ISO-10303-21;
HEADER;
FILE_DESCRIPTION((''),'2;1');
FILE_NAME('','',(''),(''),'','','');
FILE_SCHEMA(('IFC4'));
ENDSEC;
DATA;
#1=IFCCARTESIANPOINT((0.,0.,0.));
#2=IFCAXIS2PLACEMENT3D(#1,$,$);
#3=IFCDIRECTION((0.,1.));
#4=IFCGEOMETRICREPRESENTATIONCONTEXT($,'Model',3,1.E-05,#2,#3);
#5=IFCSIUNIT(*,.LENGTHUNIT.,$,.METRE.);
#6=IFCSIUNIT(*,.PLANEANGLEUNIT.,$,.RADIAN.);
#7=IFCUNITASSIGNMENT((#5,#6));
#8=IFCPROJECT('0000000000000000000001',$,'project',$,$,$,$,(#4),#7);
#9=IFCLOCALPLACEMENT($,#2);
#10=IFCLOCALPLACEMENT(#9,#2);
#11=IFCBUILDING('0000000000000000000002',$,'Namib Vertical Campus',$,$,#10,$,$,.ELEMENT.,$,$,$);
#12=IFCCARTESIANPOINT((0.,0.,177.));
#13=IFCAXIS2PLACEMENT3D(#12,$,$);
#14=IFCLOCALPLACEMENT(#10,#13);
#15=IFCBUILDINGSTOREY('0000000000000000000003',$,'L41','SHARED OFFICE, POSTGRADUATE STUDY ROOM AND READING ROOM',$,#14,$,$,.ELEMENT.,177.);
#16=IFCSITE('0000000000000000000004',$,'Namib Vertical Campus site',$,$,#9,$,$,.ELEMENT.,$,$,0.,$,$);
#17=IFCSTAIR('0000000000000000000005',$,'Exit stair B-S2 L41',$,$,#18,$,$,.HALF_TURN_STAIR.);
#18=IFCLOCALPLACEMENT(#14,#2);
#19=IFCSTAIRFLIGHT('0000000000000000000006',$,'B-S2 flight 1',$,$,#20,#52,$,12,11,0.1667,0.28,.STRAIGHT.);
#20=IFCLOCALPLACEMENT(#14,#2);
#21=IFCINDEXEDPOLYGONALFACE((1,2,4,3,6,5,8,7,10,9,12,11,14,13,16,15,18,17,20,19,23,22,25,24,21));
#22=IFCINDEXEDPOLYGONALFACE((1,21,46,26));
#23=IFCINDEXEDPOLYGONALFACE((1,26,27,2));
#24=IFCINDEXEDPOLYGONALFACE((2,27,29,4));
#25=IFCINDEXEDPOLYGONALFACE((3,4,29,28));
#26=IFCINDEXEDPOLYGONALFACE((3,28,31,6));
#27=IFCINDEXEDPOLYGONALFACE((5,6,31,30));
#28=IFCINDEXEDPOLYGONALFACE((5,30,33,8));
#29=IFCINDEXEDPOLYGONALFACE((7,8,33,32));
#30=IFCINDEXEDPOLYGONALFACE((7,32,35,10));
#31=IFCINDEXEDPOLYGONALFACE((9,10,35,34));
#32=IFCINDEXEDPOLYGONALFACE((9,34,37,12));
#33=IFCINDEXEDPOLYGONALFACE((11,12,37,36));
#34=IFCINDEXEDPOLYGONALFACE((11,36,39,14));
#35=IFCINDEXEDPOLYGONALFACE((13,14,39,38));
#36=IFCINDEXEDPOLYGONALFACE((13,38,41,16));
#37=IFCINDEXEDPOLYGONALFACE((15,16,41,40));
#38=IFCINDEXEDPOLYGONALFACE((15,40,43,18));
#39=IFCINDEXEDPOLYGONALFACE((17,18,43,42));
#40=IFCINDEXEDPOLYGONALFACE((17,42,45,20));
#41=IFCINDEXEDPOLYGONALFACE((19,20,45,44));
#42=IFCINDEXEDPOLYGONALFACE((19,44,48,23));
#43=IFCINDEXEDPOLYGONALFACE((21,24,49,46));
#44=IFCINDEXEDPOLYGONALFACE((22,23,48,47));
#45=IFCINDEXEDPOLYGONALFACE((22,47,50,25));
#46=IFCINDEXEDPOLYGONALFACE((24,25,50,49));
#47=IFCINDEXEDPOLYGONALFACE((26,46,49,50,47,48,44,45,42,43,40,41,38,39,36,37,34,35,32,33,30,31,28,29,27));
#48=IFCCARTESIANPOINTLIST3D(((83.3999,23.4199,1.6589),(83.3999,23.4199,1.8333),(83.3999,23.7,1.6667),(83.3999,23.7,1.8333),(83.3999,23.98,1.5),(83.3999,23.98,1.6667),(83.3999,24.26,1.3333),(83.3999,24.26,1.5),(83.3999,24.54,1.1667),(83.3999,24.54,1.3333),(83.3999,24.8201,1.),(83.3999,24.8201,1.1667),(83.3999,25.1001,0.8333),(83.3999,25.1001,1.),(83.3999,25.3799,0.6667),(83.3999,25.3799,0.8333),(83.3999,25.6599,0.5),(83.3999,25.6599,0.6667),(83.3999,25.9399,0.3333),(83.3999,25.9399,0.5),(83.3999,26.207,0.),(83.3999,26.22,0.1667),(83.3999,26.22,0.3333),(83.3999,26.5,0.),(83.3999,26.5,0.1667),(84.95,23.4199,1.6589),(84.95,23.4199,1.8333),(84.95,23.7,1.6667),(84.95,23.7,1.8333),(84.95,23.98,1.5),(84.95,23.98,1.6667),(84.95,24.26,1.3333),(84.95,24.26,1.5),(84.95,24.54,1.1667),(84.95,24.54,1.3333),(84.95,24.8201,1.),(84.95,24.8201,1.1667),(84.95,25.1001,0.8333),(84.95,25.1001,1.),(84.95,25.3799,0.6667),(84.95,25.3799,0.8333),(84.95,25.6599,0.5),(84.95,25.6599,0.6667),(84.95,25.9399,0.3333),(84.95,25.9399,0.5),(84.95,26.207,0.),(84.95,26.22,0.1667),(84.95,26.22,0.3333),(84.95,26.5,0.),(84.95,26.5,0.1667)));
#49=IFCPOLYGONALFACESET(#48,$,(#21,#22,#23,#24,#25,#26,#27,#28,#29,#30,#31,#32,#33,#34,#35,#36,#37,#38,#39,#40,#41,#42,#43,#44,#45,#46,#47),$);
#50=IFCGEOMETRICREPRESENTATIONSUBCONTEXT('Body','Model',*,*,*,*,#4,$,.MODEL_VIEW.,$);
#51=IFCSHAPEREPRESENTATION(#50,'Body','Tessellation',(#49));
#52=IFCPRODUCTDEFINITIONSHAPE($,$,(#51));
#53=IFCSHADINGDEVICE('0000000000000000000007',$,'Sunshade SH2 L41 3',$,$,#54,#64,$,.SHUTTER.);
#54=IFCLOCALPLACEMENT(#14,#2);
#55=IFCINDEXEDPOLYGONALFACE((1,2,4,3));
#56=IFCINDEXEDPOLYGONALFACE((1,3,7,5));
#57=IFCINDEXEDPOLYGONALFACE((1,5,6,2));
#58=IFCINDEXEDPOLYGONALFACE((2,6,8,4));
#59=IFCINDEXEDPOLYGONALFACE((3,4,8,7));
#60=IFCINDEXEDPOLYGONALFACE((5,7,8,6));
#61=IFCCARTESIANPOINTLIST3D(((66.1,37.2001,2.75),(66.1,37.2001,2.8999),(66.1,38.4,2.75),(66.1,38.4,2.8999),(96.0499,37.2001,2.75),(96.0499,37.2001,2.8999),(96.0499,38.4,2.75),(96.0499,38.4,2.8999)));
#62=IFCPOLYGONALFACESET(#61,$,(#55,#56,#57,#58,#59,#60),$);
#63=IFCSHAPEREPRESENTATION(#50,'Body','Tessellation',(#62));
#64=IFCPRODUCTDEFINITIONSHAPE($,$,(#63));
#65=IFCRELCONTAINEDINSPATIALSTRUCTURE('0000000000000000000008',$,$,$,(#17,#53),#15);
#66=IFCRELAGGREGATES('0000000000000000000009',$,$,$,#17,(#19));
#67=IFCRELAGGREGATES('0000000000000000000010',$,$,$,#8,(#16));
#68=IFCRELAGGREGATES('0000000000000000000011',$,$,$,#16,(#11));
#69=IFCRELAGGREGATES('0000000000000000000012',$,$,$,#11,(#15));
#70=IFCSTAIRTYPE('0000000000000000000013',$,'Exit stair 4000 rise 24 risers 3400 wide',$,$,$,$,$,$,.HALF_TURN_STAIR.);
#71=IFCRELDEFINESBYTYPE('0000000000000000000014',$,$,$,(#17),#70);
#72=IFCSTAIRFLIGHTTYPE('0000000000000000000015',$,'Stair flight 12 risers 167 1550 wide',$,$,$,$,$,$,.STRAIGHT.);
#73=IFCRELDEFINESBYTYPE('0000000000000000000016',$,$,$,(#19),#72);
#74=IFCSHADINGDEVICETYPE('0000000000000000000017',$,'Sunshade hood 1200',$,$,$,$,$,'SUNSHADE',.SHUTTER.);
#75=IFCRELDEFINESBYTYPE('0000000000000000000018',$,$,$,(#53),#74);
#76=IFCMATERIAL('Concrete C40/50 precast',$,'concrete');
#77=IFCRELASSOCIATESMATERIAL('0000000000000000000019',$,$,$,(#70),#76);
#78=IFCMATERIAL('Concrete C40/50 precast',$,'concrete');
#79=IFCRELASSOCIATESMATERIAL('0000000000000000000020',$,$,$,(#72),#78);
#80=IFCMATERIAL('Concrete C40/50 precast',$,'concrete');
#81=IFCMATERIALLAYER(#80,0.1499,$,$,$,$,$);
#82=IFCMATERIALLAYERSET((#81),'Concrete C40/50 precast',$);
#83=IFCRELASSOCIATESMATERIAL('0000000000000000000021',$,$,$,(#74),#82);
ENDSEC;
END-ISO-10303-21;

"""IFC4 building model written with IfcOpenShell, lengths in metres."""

from ifc_helpers import new_model, si_unit, direction, frame, origin, origin_2d, place, context, subcontext, project, spatial, polyline, rectangle, outline, extrude, material, layer, layer_set, type_object, element, aggregate, save


model = new_model("IFC4")

# Units and contexts
model_context = context("Model", 3, precision=1e-05, world=origin(), true_north=direction((0.0, 1.0)))
body_context = subcontext(model_context, "Body", "Model", "MODEL_VIEW")
ifc_project = project(units=[si_unit("LENGTHUNIT", "METRE"), si_unit("PLANEANGLEUNIT", "RADIAN")], contexts=[model_context])

# Site, building, storey
site_placement = place(None, origin())
site = spatial("IfcSite", under=ifc_project, at=site_placement, Name="Namib Vertical Campus site", CompositionType="ELEMENT", RefElevation=0.0)
building_placement = place(site_placement, origin())
building = spatial("IfcBuilding", under=site, at=building_placement, Name="Namib Vertical Campus", CompositionType="ELEMENT")
storey_placement = place(building_placement, frame((0.0, 0.0, 177.0)))
storey = spatial("IfcBuildingStorey", under=building, at=storey_placement, Name="L41", Description="SHARED OFFICE, POSTGRADUATE STUDY ROOM AND READING ROOM", CompositionType="ELEMENT", Elevation=177.0)

# Stair, stair flight
ifc_material_1 = material(Name="Concrete C40/50 precast", Category="concrete")
stair_type = type_object("IfcStairType", Name="Exit stair 4000 rise 24 risers 3400 wide", PredefinedType="HALF_TURN_STAIR", material=ifc_material_1)
stair_placement = place(storey_placement, origin())
stair = element("IfcStair", 1, at=stair_placement, inside=storey, type_object=stair_type, Name="Exit stair B-S2 L41", PredefinedType="HALF_TURN_STAIR")
ifc_material_2 = material(Name="Concrete C40/50 precast", Category="concrete")
stair_flight_type = type_object("IfcStairFlightType", Name="Stair flight 12 risers 167 1550 wide", PredefinedType="STRAIGHT", material=ifc_material_2)
stair_flight_placement = place(storey_placement, frame((84.175, 26.5, 0.0), z_axis=(0.0, 0.0, 1.0), x_axis=(0.0, -1.0, 0.0)))
stair_flight = element("IfcStairFlight", 2, at=stair_flight_placement, type_object=stair_flight_type, Name="B-S2 flight 1", NumberOfRisers=12, NumberOfTreads=11, PredefinedType="STRAIGHT", RiserHeight=0.1667, TreadLength=0.28, context=body_context, shape_type="SweptSolid", body=[
    extrude(outline(polyline([(0.0, 0.0), (0.0, 0.1667), (0.28, 0.1667), (0.28, 0.3333), (0.5601, 0.3333), (0.5601, 0.5), (0.8401, 0.5), (0.8401, 0.6667), (1.1201, 0.6667), (1.1201, 0.8333), (1.3999, 0.8333), (1.3999, 1.0), (1.6799, 1.0), (1.6799, 1.1667), (1.96, 1.1667), (1.96, 1.3333), (2.24, 1.3333), (2.24, 1.5), (2.52, 1.5), (2.52, 1.6667), (2.8, 1.6667), (2.8, 1.8333), (3.0801, 1.8333), (3.0801, 2.0), (3.0801, 1.6589), (0.293, 0.0), (0.0, 0.0)])), frame((0.0, 0.7749, 0.0), z_axis=(0.0, -1.0, 0.0), x_axis=(1.0, 0.0, 0.0)), (0.0, 0.0, 1.0), 1.55),
])
aggregate(stair, [stair_flight])

# Shading device
ifc_material_3 = material(Name="Concrete C40/50 precast", Category="concrete")
ifc_layer_1 = layer(ifc_material_3, 0.1499)
ifc_layer_set_1 = layer_set([ifc_layer_1], Name="Concrete C40/50 precast")
shading_device_type = type_object("IfcShadingDeviceType", Name="Sunshade hood 1200", ElementType="SUNSHADE", PredefinedType="SHUTTER", material=ifc_layer_set_1)
shading_device_placement = place(storey_placement, frame((81.075, 37.8, 2.75), z_axis=(0.0, 0.0, 1.0), x_axis=(-1.0, 0.0, 0.0)))
element("IfcShadingDevice", 3, at=shading_device_placement, inside=storey, type_object=shading_device_type, Name="Sunshade SH2 L41 3", PredefinedType="SHUTTER", context=body_context, shape_type="SweptSolid", body=[
    extrude(rectangle(XDim=29.95, YDim=1.2, at=origin_2d()), origin(), (0.0, 0.0, 1.0), 0.1499),
])

save(model, "model.ifc")
